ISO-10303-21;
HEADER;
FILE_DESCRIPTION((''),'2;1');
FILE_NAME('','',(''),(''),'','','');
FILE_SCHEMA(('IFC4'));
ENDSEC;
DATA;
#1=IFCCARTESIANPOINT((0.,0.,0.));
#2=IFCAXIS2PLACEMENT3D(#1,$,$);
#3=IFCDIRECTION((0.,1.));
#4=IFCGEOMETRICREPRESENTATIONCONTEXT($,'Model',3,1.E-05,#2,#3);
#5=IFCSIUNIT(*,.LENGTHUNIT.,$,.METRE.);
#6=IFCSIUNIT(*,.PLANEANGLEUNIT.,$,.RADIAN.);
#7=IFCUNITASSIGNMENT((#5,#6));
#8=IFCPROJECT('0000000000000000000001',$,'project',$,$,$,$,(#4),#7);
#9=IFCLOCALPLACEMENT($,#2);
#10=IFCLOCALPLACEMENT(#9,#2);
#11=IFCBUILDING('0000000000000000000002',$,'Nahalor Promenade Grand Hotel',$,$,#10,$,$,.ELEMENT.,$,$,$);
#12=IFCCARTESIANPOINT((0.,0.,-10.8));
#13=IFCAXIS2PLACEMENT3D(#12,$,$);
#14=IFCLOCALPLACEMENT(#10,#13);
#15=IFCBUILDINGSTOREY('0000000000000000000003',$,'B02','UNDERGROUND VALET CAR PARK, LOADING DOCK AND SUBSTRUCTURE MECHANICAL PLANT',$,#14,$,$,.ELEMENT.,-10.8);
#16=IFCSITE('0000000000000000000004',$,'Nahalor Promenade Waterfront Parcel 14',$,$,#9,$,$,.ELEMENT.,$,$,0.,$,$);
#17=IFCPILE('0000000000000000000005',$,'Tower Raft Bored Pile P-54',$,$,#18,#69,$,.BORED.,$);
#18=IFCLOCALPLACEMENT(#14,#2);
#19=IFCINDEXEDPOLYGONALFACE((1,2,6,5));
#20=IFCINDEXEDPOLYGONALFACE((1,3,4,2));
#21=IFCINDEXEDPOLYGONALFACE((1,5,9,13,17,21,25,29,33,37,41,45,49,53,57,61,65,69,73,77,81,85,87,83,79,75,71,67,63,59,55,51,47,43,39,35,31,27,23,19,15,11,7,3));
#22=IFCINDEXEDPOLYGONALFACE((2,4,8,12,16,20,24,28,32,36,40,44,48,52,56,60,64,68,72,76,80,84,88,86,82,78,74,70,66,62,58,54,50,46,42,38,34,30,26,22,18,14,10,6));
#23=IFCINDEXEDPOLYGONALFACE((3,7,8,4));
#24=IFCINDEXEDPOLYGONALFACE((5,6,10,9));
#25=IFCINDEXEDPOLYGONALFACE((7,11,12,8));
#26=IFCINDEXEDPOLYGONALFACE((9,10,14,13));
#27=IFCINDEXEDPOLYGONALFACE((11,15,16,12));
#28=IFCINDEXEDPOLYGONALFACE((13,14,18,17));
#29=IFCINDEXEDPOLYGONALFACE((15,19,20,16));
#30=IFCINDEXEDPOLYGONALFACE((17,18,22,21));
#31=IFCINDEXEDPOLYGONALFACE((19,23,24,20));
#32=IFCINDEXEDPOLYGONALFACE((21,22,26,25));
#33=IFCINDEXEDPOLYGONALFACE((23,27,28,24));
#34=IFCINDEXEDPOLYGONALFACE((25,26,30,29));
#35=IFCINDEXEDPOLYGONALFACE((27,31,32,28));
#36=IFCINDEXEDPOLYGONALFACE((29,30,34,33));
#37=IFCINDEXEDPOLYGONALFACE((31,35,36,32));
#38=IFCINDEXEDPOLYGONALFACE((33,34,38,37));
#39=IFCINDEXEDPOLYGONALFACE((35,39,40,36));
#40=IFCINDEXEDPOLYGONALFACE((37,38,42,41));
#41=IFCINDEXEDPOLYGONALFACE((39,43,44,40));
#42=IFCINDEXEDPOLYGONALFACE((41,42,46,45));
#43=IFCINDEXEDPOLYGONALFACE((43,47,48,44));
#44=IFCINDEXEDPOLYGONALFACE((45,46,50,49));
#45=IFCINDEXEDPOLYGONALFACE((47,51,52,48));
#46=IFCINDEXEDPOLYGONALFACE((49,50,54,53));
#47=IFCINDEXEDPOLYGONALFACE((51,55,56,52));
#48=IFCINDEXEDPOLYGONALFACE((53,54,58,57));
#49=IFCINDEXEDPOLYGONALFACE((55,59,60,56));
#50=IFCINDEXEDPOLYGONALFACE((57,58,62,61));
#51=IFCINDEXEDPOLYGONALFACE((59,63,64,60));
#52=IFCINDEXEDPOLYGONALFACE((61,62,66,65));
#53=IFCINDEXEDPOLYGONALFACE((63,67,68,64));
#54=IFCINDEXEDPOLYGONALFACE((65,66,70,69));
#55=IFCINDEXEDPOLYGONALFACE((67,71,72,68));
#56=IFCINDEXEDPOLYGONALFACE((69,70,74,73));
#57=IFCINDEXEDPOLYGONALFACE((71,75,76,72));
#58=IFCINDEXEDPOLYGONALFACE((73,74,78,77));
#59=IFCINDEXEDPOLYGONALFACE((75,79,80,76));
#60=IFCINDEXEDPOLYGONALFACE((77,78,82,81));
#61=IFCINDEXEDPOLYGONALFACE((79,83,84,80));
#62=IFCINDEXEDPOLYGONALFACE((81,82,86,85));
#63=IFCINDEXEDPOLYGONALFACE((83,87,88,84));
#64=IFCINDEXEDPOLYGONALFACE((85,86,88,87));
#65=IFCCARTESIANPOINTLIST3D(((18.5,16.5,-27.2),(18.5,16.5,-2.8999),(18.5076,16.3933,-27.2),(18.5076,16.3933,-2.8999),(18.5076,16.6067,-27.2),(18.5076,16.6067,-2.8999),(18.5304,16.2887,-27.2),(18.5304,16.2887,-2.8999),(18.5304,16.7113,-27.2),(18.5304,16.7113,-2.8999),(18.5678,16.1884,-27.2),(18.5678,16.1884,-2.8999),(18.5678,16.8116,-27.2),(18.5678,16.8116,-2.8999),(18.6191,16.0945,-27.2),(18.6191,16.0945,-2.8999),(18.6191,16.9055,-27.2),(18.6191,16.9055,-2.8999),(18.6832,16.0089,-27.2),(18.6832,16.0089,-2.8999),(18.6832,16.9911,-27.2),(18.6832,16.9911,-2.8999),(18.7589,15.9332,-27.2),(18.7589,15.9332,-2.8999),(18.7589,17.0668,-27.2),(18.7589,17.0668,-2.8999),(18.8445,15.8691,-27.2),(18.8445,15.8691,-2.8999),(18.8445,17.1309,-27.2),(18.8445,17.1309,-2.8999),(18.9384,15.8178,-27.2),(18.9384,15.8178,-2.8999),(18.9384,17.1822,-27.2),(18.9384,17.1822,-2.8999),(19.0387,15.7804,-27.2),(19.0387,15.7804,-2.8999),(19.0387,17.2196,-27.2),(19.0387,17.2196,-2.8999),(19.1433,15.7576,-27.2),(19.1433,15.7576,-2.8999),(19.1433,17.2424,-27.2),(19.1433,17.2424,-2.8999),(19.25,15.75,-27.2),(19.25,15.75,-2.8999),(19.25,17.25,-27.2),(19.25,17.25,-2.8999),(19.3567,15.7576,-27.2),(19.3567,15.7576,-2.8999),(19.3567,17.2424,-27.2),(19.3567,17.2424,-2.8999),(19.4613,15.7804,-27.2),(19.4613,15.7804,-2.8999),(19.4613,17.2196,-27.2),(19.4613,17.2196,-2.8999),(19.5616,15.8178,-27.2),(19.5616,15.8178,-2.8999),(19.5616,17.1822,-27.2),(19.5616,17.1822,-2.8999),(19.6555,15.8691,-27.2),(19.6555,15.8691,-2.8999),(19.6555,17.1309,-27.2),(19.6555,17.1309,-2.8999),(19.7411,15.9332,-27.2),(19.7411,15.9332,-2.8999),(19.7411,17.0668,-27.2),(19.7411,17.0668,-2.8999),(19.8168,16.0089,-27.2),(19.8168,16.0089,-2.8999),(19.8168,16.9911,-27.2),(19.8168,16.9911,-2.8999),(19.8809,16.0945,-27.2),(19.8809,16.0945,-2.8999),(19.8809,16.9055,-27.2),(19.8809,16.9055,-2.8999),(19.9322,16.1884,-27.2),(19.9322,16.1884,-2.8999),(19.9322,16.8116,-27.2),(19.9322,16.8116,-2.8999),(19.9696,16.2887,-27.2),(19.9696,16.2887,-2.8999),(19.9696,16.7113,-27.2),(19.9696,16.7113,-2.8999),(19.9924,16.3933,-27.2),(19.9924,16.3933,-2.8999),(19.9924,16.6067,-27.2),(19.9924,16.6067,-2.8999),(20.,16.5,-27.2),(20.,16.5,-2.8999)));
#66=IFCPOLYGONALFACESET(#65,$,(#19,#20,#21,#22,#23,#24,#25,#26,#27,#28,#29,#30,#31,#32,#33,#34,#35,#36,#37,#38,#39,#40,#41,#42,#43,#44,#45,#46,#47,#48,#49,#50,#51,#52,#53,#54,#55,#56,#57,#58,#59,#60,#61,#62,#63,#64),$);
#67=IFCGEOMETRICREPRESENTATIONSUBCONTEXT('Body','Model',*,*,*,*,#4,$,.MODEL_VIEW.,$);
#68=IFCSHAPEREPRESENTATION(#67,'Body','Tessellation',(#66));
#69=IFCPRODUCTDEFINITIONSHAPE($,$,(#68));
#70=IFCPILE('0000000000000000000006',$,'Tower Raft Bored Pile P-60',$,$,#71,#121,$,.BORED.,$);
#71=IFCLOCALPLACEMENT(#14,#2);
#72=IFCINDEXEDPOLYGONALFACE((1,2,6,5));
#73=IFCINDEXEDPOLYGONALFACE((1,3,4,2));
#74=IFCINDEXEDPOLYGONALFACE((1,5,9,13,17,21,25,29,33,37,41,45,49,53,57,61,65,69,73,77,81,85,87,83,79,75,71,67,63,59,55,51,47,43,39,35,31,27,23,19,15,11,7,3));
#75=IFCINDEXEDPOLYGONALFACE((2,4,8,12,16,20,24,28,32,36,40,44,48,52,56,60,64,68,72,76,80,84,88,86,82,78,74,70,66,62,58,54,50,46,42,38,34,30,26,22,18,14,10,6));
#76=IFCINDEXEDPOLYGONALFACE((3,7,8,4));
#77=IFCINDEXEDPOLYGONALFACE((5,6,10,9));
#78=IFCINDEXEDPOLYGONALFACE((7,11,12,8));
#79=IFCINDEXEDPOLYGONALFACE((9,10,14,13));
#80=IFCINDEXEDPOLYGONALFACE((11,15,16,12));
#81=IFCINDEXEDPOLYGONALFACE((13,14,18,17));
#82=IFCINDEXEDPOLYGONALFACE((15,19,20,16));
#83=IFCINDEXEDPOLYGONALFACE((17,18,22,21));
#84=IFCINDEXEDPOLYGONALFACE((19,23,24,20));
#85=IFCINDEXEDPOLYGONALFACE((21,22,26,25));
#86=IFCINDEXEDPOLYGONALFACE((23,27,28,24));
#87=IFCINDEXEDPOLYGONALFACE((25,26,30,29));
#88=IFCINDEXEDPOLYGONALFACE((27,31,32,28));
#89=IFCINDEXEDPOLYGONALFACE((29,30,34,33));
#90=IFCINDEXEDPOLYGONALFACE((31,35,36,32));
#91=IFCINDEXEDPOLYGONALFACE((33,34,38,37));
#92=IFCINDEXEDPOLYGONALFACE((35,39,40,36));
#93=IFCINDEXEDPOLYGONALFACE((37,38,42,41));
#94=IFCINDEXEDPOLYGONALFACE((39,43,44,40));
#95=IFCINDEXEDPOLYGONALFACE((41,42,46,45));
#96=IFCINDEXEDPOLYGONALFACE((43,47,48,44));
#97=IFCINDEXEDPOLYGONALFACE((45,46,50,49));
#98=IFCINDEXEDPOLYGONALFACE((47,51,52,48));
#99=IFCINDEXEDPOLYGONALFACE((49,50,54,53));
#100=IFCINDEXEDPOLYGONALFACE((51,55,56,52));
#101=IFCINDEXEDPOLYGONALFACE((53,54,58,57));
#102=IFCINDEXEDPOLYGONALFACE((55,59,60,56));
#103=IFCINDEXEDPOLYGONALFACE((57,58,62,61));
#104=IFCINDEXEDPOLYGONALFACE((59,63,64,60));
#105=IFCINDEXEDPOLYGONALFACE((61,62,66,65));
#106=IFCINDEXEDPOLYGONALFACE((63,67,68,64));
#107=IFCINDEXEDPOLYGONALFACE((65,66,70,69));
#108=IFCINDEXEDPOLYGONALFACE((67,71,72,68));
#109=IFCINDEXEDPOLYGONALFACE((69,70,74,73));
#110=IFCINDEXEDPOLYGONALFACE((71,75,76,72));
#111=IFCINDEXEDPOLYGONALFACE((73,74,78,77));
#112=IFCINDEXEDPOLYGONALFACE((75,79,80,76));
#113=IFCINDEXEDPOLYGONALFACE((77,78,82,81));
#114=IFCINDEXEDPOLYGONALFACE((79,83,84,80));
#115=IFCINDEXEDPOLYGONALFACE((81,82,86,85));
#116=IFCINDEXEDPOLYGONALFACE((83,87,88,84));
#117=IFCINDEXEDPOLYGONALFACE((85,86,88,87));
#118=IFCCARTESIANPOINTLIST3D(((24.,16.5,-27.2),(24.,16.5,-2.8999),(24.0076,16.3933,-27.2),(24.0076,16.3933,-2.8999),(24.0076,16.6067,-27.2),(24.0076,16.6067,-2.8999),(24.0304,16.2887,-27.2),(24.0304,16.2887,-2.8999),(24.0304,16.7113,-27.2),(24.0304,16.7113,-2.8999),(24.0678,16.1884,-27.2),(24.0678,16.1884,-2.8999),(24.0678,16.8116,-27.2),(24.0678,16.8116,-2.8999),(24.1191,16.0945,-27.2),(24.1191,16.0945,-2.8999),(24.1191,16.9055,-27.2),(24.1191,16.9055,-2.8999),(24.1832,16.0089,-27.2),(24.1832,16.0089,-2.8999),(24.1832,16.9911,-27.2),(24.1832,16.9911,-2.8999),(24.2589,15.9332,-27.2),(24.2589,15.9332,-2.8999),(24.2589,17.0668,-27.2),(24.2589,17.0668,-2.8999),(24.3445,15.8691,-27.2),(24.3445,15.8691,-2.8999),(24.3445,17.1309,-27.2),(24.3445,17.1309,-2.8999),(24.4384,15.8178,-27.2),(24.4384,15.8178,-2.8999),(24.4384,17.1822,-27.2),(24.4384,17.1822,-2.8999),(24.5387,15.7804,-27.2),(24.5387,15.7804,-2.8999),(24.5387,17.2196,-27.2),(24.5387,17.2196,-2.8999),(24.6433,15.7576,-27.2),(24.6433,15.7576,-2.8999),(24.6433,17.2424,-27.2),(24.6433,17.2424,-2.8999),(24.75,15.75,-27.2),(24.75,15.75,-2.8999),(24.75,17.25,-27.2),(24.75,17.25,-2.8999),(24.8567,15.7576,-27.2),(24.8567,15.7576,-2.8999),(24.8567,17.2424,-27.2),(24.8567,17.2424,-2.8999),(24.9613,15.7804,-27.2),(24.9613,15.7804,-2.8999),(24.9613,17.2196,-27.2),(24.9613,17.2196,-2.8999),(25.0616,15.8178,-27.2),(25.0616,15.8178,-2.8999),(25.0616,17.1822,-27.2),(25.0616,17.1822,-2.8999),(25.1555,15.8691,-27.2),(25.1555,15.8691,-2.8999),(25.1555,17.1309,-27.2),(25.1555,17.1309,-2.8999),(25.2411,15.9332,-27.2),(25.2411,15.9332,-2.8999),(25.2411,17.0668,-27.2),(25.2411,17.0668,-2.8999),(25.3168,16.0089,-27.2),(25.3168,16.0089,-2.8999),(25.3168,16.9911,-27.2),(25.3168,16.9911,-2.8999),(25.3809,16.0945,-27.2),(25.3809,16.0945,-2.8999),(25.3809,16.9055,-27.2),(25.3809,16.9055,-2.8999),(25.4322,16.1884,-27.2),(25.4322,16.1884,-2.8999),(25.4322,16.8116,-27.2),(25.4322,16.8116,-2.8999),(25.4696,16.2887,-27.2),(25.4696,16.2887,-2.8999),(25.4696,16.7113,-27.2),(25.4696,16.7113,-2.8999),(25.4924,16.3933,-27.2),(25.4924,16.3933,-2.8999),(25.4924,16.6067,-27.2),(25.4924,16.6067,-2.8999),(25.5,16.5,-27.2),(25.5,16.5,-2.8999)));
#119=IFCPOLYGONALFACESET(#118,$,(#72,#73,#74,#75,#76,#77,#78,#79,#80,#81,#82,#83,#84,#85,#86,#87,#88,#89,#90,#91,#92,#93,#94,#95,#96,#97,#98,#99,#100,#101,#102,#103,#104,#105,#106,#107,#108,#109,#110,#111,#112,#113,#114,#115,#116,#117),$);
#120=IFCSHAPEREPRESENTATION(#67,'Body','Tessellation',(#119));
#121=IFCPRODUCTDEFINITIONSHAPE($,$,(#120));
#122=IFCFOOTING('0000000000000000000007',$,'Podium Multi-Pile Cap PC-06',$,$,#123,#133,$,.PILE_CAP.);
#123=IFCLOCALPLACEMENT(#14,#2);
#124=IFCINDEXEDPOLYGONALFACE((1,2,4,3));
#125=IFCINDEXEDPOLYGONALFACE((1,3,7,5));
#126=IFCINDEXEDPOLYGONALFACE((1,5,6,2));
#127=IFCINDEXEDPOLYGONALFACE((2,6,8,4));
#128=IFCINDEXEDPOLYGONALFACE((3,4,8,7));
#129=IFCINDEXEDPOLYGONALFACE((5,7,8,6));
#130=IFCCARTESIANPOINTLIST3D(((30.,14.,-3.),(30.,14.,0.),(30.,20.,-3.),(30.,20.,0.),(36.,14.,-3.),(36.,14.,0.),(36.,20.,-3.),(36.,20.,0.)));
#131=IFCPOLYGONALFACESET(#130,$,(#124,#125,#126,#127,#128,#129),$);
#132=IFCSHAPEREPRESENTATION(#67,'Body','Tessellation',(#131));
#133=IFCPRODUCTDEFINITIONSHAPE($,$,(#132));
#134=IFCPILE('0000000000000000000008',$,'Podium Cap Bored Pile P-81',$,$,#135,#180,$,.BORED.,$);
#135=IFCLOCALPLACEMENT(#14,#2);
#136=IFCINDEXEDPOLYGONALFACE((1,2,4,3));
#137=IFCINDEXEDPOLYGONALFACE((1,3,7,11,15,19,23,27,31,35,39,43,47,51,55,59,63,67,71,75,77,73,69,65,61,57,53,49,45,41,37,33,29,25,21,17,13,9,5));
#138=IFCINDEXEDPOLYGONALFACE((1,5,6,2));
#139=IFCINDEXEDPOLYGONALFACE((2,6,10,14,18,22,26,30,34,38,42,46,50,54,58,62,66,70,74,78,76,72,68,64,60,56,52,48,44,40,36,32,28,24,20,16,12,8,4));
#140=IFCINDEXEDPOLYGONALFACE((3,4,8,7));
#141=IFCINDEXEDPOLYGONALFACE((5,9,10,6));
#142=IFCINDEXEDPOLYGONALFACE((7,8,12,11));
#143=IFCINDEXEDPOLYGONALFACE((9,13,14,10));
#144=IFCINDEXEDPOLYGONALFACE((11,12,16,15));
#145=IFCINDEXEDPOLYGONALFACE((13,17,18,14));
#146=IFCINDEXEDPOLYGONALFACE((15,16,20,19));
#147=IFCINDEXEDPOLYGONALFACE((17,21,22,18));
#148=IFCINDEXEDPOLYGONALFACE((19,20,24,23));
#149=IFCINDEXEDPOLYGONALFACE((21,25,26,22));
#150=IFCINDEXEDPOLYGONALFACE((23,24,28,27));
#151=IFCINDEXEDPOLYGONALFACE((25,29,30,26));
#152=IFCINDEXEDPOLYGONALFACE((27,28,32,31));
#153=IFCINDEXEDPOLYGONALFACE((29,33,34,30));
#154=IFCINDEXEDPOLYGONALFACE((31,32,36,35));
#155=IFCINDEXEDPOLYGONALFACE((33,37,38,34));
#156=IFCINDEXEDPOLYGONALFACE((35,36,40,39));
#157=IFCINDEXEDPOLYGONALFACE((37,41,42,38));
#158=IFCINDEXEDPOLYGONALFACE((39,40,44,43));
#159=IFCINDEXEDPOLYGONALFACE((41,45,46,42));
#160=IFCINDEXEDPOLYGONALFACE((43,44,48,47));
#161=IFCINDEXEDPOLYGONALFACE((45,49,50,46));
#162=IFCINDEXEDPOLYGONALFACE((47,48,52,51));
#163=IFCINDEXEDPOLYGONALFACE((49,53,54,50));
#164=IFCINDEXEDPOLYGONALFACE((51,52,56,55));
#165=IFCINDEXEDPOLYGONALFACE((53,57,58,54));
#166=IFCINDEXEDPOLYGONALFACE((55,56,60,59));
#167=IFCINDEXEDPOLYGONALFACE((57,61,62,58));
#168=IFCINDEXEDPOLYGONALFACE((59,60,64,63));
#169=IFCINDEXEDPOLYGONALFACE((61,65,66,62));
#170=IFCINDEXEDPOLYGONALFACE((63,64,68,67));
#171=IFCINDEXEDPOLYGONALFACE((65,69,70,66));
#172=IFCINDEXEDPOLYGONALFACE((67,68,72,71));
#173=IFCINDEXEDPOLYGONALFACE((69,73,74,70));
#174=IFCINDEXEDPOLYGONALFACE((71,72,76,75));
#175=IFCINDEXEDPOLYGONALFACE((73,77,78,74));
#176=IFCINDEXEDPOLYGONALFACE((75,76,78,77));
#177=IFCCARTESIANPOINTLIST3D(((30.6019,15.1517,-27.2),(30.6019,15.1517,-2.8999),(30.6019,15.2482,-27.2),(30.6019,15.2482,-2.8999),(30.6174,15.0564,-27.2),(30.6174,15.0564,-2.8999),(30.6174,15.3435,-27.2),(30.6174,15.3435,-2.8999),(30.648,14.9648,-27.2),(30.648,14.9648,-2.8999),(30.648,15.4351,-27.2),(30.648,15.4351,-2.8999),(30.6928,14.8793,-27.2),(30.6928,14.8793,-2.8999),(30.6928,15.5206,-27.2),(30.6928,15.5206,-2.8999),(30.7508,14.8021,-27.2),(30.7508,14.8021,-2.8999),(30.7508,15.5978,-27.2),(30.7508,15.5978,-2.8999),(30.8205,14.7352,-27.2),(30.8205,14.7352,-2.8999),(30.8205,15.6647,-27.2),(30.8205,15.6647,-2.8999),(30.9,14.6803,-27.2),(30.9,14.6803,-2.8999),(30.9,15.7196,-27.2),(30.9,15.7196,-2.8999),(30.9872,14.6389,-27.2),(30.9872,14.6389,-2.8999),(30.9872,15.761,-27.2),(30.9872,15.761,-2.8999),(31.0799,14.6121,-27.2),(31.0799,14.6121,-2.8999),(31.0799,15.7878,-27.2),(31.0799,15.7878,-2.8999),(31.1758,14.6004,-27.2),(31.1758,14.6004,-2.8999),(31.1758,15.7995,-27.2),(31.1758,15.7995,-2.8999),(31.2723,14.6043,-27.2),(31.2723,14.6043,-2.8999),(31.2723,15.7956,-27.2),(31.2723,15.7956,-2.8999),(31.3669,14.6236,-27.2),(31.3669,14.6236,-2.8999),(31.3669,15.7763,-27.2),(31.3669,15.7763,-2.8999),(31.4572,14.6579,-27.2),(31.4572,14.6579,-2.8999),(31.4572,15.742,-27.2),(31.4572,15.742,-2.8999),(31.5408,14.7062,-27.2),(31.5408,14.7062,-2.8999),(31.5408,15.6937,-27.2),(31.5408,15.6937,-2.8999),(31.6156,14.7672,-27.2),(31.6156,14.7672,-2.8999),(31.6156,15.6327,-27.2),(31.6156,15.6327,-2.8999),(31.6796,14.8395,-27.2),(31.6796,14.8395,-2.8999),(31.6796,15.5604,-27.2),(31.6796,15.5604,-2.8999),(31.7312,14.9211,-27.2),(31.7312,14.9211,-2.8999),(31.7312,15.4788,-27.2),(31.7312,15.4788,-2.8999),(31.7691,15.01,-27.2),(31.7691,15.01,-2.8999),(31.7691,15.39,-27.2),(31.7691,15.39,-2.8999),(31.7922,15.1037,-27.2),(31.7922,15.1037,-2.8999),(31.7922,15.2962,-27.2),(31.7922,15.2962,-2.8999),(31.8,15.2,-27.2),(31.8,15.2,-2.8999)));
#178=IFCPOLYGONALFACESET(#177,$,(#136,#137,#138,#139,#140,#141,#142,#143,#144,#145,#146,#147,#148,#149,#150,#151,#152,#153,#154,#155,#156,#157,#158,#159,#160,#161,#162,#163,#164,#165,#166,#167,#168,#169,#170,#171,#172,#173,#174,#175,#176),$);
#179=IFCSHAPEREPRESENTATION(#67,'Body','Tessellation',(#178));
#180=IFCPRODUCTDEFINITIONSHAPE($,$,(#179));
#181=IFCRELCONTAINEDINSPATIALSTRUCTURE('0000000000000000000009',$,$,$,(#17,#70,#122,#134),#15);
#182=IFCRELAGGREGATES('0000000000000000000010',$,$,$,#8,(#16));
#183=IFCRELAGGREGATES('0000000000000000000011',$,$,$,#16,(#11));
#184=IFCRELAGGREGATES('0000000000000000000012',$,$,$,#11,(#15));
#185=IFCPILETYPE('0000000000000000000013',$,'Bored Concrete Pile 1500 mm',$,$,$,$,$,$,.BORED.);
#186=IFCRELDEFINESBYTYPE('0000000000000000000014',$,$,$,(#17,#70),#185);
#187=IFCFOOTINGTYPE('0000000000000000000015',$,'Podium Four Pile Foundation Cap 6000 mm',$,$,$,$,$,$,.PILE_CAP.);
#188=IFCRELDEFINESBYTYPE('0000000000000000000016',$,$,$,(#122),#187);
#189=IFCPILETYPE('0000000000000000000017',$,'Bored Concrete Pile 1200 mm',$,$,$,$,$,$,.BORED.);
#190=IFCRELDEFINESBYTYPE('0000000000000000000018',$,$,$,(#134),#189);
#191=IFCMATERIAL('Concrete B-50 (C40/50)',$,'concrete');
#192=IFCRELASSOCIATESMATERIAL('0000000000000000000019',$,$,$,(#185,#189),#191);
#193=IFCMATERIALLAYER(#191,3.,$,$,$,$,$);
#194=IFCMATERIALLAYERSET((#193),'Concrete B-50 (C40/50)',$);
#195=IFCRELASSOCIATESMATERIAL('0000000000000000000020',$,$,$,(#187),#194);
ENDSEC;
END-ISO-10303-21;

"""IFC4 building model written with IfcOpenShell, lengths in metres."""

from ifc_helpers import new_model, si_unit, direction, frame, origin, origin_2d, place, context, subcontext, project, spatial, rectangle, circle, extrude, source, transform, mapped, material, layer, layer_set, material_profile, profile_set, type_object, element, save


model = new_model("IFC4")

# Units and contexts
model_context = context("Model", 3, precision=1e-05, world=origin(), true_north=direction((0.0, 1.0)))
body_context = subcontext(model_context, "Body", "Model", "MODEL_VIEW")
ifc_project = project(units=[si_unit("LENGTHUNIT", "METRE"), si_unit("PLANEANGLEUNIT", "RADIAN")], contexts=[model_context])

# Site, building, storey
site_placement = place(None, origin())
site = spatial("IfcSite", under=ifc_project, at=site_placement, Name="Nahalor Promenade Waterfront Parcel 14", CompositionType="ELEMENT", RefElevation=0.0)
building_placement = place(site_placement, origin())
building = spatial("IfcBuilding", under=site, at=building_placement, Name="Nahalor Promenade Grand Hotel", CompositionType="ELEMENT")
storey_placement = place(building_placement, frame((0.0, 0.0, -10.8)))
storey = spatial("IfcBuildingStorey", under=building, at=storey_placement, Name="B02", Description="UNDERGROUND VALET CAR PARK, LOADING DOCK AND SUBSTRUCTURE MECHANICAL PLANT", CompositionType="ELEMENT", Elevation=-10.8)

# Piles
ifc_material_1 = material(Name="Concrete B-50 (C40/50)", Category="concrete")
ifc_material_profile_1 = material_profile(ifc_material_1, circle(Radius=0.75, at=origin_2d()), Name="PILE D1500")
ifc_profile_set_1 = profile_set([ifc_material_profile_1], Name="Concrete B-50 (C40/50)")
pile_type_1 = type_object("IfcPileType", Name="Bored Concrete Pile 1500 mm", PredefinedType="BORED", material=ifc_profile_set_1)
shared_shape_1 = source(origin(), body_context, "Body", "SweptSolid", [
    extrude(circle(Radius=0.75, at=origin_2d()), origin(), (0.0, 0.0, 1.0), 24.3),
])
for number, where, z_axis, x_axis, name in (
    (1, (19.25, 16.5, -2.8999), (0.0, 0.0, -1.0), (1.0, 0.0, 0.0), "Tower Raft Bored Pile P-54"),
    (2, (24.75, 16.5, -2.8999), (0.0, 0.0, -1.0), (1.0, 0.0, 0.0), "Tower Raft Bored Pile P-60"),
):
    element("IfcPile", number, at=place(storey_placement, frame(where, z_axis=z_axis, x_axis=x_axis)), inside=storey, type_object=pile_type_1, Name=name, PredefinedType="BORED", context=body_context, shape_type="MappedRepresentation", body=[
        mapped(shared_shape_1, transform((0.0, 0.0, 0.0), scale=1.0)),
    ])

# Footing
ifc_layer_1 = layer(ifc_material_1, 3.0)
ifc_layer_set_1 = layer_set([ifc_layer_1], Name="Concrete B-50 (C40/50)")
footing_type_1 = type_object("IfcFootingType", Name="Podium Four Pile Foundation Cap 6000 mm", PredefinedType="PILE_CAP", material=ifc_layer_set_1)
shared_shape_2 = source(origin(), body_context, "Body", "SweptSolid", [
    extrude(rectangle(XDim=6.0, YDim=6.0, at=origin_2d()), origin(), (0.0, 0.0, 1.0), 3.0),
])
footing_1_placement = place(storey_placement, frame((33.0, 17.0, -3.0), z_axis=(0.0, 0.0, 1.0), x_axis=(1.0, 0.0, 0.0)))
element("IfcFooting", 3, at=footing_1_placement, inside=storey, type_object=footing_type_1, Name="Podium Multi-Pile Cap PC-06", PredefinedType="PILE_CAP", context=body_context, shape_type="MappedRepresentation", body=[
    mapped(shared_shape_2, transform((0.0, 0.0, 0.0), scale=1.0)),
])

# Pile
ifc_material_profile_2 = material_profile(ifc_material_1, circle(Radius=0.6, at=origin_2d()), Name="PILE D1200")
ifc_profile_set_2 = profile_set([ifc_material_profile_2], Name="Concrete B-50 (C40/50)")
pile_type_2 = type_object("IfcPileType", Name="Bored Concrete Pile 1200 mm", PredefinedType="BORED", material=ifc_profile_set_2)
shared_shape_3 = source(origin(), body_context, "Body", "SweptSolid", [
    extrude(circle(Radius=0.6, at=origin_2d()), origin(), (0.0, 0.0, 1.0), 24.3),
])
for number, where, z_axis, x_axis, name in (
    (4, (31.2, 15.2, -2.8999), (0.0, 0.0, -1.0), (1.0, 0.0, 0.0), "Podium Cap Bored Pile P-81"),
):
    element("IfcPile", number, at=place(storey_placement, frame(where, z_axis=z_axis, x_axis=x_axis)), inside=storey, type_object=pile_type_2, Name=name, PredefinedType="BORED", context=body_context, shape_type="MappedRepresentation", body=[
        mapped(shared_shape_3, transform((0.0, 0.0, 0.0), scale=1.0)),
    ])

save(model, "model.ifc")
